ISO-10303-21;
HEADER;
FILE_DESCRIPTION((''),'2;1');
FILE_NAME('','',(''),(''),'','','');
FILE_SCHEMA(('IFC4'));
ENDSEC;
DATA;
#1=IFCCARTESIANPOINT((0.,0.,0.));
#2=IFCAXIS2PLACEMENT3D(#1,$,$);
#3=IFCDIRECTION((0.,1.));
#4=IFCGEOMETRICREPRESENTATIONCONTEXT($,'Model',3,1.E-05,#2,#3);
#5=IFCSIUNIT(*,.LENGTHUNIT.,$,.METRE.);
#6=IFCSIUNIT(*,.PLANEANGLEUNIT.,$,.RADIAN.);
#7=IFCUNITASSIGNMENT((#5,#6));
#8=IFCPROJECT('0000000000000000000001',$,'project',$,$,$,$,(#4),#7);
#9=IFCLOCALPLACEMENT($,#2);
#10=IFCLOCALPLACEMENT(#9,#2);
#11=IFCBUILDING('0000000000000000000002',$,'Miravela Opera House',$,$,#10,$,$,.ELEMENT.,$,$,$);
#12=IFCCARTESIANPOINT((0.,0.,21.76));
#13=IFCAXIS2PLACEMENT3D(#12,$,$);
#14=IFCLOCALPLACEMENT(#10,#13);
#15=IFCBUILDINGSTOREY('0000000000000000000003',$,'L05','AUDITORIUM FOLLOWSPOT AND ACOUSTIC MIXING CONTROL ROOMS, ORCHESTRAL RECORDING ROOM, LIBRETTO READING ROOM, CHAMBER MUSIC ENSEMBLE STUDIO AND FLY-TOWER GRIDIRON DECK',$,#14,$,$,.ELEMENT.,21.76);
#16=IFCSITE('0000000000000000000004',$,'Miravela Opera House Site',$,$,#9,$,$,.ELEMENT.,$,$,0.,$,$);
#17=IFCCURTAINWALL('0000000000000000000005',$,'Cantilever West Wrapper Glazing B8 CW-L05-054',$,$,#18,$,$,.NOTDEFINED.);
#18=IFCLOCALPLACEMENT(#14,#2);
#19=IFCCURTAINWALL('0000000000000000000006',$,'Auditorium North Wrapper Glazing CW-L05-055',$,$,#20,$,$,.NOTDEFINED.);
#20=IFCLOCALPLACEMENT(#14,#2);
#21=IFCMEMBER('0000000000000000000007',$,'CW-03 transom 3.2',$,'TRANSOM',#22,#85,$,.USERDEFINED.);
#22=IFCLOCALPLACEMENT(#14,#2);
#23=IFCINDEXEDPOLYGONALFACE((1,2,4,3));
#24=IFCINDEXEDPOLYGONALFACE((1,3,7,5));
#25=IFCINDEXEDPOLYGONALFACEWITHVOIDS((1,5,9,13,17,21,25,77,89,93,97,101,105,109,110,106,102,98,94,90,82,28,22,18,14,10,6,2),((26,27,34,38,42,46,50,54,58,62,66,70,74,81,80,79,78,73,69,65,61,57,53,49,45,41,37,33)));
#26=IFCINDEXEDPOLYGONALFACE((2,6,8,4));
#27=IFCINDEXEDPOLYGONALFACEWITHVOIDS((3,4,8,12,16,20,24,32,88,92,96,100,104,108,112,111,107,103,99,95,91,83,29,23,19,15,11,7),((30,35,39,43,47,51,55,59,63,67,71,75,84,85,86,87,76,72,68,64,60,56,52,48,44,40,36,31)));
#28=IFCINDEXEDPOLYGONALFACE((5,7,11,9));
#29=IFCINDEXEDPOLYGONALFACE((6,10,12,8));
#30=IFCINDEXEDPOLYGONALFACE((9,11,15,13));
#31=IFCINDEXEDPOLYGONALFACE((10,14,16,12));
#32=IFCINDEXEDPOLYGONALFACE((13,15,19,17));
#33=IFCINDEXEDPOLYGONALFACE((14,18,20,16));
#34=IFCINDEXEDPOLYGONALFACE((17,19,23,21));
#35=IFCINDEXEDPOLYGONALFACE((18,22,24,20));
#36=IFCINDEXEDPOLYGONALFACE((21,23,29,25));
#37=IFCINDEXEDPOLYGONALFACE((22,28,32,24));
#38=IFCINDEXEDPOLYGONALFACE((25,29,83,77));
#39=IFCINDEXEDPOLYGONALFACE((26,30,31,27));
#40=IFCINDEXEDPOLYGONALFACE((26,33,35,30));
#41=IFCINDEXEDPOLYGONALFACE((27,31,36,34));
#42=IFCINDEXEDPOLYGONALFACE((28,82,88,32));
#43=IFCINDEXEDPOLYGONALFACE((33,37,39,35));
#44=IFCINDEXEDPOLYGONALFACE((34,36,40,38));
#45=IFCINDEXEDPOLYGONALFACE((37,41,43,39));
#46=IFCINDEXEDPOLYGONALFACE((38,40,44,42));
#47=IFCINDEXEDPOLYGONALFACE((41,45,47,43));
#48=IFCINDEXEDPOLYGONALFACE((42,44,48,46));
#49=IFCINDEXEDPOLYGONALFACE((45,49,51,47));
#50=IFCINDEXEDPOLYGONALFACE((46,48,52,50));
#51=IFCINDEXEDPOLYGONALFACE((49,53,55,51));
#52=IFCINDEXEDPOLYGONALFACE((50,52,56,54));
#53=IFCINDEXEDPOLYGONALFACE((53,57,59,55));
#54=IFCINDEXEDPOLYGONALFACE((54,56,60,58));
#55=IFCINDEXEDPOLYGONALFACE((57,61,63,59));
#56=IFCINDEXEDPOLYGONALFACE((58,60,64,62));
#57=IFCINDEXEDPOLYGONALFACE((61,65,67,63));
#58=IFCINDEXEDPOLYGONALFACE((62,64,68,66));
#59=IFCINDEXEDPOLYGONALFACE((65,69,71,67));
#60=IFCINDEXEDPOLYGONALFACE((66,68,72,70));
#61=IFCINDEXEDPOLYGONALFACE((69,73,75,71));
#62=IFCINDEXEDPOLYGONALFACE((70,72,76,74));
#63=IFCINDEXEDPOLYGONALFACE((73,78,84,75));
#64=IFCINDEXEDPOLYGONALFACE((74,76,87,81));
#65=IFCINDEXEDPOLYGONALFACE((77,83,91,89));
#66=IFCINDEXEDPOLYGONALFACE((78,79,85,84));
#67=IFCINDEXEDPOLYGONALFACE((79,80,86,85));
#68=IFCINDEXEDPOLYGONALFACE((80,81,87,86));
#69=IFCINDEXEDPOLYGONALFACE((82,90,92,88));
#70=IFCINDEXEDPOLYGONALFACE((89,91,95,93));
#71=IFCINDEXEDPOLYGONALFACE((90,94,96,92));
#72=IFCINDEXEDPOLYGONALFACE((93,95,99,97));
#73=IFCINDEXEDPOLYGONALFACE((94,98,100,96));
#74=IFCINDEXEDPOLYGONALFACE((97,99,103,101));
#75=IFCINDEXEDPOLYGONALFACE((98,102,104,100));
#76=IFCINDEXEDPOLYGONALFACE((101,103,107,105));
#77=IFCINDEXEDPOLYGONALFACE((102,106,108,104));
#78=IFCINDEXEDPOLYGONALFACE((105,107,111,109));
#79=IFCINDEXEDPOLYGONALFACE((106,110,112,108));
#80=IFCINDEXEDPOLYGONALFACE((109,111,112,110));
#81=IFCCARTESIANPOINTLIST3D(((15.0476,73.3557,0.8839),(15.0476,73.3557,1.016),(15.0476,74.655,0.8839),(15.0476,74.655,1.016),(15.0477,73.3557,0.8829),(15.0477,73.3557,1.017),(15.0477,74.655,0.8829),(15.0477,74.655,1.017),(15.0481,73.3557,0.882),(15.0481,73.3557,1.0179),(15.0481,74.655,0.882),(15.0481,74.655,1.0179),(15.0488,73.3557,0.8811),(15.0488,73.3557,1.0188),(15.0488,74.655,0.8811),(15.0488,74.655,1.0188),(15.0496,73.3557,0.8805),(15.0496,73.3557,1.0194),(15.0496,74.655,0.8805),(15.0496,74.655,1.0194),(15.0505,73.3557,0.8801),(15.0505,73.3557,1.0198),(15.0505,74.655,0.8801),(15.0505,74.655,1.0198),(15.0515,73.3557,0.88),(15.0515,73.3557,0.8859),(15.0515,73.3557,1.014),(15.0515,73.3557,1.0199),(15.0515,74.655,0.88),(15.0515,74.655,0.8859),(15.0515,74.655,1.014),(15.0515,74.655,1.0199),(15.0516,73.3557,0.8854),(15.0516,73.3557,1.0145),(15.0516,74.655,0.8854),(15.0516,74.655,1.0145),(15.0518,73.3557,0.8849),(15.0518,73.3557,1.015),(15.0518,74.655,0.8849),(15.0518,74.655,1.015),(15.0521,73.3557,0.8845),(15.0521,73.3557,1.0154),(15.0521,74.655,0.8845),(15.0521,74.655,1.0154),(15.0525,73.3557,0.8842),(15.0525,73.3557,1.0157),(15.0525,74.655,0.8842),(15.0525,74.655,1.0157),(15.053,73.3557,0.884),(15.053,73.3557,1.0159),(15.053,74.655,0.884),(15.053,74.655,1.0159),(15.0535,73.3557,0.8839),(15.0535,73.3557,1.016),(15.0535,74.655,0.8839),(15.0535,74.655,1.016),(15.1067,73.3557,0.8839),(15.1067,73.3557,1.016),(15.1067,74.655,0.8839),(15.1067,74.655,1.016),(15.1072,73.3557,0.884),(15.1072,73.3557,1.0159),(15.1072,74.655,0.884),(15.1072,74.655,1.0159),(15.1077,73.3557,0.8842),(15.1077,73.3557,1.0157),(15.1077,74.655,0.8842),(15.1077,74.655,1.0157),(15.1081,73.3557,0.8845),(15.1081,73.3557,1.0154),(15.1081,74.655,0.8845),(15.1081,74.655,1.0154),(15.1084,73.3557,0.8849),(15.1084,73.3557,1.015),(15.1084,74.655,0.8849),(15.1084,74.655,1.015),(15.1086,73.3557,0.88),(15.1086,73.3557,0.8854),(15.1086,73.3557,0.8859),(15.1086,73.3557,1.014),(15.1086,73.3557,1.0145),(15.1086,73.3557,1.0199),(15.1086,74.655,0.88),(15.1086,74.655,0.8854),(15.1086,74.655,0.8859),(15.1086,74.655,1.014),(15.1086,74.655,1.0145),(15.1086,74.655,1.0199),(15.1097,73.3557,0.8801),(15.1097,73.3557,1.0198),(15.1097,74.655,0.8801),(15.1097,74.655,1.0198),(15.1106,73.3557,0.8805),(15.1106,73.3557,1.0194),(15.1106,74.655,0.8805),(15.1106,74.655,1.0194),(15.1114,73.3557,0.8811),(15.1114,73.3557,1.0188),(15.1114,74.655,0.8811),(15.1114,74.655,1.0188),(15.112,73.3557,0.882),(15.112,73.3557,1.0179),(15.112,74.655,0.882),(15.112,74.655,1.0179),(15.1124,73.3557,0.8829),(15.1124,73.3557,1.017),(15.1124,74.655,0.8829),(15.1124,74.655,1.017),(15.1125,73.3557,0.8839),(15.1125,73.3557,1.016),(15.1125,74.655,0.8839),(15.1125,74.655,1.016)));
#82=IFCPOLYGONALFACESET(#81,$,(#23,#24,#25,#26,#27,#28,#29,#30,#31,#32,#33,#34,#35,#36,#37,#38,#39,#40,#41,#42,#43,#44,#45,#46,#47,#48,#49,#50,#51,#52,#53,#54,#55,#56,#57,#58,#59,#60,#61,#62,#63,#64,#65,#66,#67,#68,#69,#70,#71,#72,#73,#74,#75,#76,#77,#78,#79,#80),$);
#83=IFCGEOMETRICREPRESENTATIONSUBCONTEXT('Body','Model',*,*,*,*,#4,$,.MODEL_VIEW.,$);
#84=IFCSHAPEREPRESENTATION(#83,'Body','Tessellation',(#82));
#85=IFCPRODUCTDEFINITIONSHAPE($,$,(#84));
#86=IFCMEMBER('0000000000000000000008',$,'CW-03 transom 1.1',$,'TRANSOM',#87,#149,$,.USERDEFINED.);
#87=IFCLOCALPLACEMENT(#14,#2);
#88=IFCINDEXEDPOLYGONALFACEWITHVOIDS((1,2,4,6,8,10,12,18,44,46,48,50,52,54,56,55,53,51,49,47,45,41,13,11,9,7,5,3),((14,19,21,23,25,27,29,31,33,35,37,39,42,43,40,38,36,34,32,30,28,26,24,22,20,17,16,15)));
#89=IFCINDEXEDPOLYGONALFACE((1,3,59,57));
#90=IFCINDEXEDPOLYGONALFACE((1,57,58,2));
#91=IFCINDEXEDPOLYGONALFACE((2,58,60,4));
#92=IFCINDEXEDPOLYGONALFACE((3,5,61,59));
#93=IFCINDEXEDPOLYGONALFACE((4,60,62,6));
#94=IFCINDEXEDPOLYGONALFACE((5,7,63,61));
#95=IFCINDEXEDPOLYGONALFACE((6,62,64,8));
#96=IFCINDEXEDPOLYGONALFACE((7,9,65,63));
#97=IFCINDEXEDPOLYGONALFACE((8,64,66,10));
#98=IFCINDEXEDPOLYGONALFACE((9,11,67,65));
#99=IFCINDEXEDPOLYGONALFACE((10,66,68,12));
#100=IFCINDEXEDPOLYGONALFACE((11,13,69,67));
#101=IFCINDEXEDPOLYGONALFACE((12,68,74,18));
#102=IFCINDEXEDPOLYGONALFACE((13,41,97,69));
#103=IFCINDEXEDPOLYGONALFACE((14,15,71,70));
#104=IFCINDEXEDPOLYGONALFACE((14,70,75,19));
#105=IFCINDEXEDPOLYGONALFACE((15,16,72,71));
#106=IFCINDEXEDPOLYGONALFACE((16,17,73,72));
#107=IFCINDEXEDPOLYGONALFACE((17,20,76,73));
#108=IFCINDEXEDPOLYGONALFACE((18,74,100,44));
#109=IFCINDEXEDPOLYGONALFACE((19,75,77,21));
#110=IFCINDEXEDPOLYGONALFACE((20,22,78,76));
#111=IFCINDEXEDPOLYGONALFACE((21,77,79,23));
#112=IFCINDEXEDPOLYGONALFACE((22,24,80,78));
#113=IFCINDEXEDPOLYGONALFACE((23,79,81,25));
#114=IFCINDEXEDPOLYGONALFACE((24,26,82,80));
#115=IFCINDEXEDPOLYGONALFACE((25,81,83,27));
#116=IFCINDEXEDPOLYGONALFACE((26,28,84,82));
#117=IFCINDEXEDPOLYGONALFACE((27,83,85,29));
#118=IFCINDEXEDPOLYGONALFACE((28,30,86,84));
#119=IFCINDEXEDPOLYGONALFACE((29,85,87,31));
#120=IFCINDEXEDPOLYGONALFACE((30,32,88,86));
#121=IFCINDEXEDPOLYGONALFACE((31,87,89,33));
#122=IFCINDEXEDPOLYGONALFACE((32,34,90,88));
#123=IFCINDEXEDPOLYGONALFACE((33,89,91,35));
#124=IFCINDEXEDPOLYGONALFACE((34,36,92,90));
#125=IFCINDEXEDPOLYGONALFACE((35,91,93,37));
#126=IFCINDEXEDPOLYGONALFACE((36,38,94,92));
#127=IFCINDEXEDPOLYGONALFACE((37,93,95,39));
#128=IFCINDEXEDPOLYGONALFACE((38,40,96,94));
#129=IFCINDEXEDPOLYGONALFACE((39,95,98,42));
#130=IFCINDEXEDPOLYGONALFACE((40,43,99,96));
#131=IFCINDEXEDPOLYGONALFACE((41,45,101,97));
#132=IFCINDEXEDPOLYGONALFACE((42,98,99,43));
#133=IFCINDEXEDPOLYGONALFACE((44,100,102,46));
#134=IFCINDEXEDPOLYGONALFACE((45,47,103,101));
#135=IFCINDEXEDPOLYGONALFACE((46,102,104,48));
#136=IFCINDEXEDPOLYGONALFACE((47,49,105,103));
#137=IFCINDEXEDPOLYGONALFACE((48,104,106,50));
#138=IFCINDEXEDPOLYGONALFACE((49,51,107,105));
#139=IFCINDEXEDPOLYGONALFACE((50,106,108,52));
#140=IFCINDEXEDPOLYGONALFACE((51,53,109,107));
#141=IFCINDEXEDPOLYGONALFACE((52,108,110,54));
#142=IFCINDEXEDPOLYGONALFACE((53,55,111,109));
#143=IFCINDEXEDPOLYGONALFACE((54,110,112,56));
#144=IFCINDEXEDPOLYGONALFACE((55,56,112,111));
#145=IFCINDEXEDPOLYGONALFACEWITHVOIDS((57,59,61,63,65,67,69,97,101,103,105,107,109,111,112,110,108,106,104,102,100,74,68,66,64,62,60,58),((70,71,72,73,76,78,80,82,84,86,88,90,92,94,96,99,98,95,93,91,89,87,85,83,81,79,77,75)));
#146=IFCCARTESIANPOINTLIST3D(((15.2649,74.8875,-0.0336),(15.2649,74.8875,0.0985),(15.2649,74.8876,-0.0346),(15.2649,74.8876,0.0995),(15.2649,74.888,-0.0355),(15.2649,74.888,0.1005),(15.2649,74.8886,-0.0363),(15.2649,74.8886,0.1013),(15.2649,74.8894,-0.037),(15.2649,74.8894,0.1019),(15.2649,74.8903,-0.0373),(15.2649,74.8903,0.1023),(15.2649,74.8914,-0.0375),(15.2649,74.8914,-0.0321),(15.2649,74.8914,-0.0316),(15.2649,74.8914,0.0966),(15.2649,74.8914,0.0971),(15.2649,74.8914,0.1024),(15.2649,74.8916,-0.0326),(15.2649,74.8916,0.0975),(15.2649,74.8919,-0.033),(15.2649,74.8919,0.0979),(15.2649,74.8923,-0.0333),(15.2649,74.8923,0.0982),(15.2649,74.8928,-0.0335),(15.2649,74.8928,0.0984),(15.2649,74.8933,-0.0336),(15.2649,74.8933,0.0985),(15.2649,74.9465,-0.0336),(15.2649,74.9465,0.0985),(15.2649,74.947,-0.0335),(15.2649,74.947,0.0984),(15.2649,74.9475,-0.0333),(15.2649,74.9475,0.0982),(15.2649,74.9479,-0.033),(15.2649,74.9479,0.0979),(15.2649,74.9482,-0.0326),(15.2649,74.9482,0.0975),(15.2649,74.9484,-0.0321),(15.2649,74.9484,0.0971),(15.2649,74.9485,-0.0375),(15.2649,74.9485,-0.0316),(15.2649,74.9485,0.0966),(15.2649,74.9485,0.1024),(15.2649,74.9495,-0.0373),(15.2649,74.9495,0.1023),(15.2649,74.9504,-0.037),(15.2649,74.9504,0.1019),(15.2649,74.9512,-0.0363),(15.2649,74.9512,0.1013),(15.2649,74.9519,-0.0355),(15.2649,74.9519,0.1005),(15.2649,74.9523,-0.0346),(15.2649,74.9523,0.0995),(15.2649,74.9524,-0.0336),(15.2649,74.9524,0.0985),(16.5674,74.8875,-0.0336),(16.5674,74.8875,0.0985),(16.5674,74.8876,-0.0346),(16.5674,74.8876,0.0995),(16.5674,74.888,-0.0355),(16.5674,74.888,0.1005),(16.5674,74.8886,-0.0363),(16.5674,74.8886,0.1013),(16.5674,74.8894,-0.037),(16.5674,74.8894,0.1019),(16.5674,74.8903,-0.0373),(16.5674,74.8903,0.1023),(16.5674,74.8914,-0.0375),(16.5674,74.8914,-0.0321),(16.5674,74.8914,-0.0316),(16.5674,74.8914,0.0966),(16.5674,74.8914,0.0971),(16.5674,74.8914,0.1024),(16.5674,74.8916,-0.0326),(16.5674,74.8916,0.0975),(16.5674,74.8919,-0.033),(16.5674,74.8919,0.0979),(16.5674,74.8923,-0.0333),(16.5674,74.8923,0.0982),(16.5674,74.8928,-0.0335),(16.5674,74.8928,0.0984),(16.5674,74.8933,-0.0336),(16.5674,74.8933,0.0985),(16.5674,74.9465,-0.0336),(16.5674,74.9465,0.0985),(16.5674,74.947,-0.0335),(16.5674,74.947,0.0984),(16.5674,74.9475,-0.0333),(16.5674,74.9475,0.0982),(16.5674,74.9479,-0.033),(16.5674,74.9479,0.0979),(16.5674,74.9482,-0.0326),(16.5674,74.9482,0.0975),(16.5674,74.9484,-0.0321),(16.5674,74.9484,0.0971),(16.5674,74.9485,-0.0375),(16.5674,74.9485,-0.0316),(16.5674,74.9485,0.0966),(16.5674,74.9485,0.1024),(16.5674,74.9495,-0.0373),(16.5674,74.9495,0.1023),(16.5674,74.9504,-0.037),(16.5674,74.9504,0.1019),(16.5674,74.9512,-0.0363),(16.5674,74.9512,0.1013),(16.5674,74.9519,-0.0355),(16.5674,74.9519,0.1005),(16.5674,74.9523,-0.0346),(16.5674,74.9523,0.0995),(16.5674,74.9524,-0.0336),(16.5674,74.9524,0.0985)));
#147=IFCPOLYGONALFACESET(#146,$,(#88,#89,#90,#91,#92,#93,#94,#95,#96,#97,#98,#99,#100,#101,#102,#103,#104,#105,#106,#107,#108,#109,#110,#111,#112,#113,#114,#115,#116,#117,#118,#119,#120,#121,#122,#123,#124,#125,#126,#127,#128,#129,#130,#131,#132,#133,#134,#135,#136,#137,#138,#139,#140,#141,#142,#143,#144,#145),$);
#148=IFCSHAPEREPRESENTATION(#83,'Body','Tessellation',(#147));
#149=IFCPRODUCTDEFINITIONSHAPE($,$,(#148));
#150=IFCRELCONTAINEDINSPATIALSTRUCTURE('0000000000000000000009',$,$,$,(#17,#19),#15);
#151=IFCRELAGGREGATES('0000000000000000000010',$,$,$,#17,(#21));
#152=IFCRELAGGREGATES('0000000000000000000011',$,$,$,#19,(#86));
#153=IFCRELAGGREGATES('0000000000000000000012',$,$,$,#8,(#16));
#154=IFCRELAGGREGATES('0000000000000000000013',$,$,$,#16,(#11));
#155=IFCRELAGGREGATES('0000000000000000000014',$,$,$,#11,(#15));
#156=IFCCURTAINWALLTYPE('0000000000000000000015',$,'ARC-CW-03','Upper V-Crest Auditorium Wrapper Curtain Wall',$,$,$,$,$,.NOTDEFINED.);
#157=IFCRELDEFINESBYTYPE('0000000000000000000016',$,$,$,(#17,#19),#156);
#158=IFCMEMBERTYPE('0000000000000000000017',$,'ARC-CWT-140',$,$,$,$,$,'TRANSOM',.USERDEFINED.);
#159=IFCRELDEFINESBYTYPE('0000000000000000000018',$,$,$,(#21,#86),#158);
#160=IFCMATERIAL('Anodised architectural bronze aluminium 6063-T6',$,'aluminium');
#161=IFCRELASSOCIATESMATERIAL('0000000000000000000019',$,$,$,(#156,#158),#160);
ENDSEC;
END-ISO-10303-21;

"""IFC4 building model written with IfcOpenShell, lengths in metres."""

from ifc_helpers import new_model, si_unit, direction, frame, origin, origin_2d, place, context, subcontext, project, spatial, hollow_rectangle, extrude, material, material_profile, profile_set, type_object, element, aggregate, save


model = new_model("IFC4")

# Units and contexts
model_context = context("Model", 3, precision=1e-05, world=origin(), true_north=direction((0.0, 1.0)))
body_context = subcontext(model_context, "Body", "Model", "MODEL_VIEW")
ifc_project = project(units=[si_unit("LENGTHUNIT", "METRE"), si_unit("PLANEANGLEUNIT", "RADIAN")], contexts=[model_context])

# Site, building, storey
site_placement = place(None, origin())
site = spatial("IfcSite", under=ifc_project, at=site_placement, Name="Miravela Opera House Site", CompositionType="ELEMENT", RefElevation=0.0)
building_placement = place(site_placement, origin())
building = spatial("IfcBuilding", under=site, at=building_placement, Name="Miravela Opera House", CompositionType="ELEMENT")
storey_placement = place(building_placement, frame((0.0, 0.0, 21.76)))
storey = spatial("IfcBuildingStorey", under=building, at=storey_placement, Name="L05", Description="AUDITORIUM FOLLOWSPOT AND ACOUSTIC MIXING CONTROL ROOMS, ORCHESTRAL RECORDING ROOM, LIBRETTO READING ROOM, CHAMBER MUSIC ENSEMBLE STUDIO AND FLY-TOWER GRIDIRON DECK", CompositionType="ELEMENT", Elevation=21.76)

# Curtain walls
ifc_material_1 = material(Name="Anodised architectural bronze aluminium 6063-T6", Category="aluminium")
curtain_wall_type = type_object("IfcCurtainWallType", Name="ARC-CW-03", Description="Upper V-Crest Auditorium Wrapper Curtain Wall", PredefinedType="NOTDEFINED", material=ifc_material_1)
curtain_wall_1_placement = place(storey_placement, origin())
curtain_wall_1 = element("IfcCurtainWall", 1, at=curtain_wall_1_placement, inside=storey, type_object=curtain_wall_type, Name="Cantilever West Wrapper Glazing B8 CW-L05-054", PredefinedType="NOTDEFINED")
curtain_wall_2_placement = place(storey_placement, origin())
curtain_wall_2 = element("IfcCurtainWall", 2, at=curtain_wall_2_placement, inside=storey, type_object=curtain_wall_type, Name="Auditorium North Wrapper Glazing CW-L05-055", PredefinedType="NOTDEFINED")

# Members
ifc_material_profile_1 = material_profile(ifc_material_1, hollow_rectangle(XDim=0.0649, YDim=0.1399, WallThickness=0.0039, InnerFilletRadius=0.002, OuterFilletRadius=0.0039, at=origin_2d()), Name="CWT-65X140")
ifc_profile_set_1 = profile_set([ifc_material_profile_1])
member_type_1 = type_object("IfcMemberType", Name="ARC-CWT-140", ElementType="TRANSOM", PredefinedType="USERDEFINED", material=ifc_profile_set_1)
member_1_placement = place(storey_placement, frame((15.0801, 73.3557, 0.95), z_axis=(0.0, 1.0, 0.0), x_axis=(-1.0, 0.0, 0.0)))
member_1 = element("IfcMember", 3, at=member_1_placement, type_object=member_type_1, Name="CW-03 transom 3.2", ObjectType="TRANSOM", PredefinedType="USERDEFINED", context=body_context, shape_type="SweptSolid", body=[
    extrude(hollow_rectangle(XDim=0.0649, YDim=0.1399, WallThickness=0.0039, InnerFilletRadius=0.002, OuterFilletRadius=0.0039, at=origin_2d()), origin(), (0.0, 0.0, 1.0), 1.2993),
])
member_2_placement = place(storey_placement, frame((15.2649, 74.9199, 0.0325), z_axis=(1.0, 0.0, 0.0), x_axis=(0.0, 1.0, 0.0)))
member_2 = element("IfcMember", 4, at=member_2_placement, type_object=member_type_1, Name="CW-03 transom 1.1", ObjectType="TRANSOM", PredefinedType="USERDEFINED", context=body_context, shape_type="SweptSolid", body=[
    extrude(hollow_rectangle(XDim=0.0649, YDim=0.1399, WallThickness=0.0039, InnerFilletRadius=0.002, OuterFilletRadius=0.0039, at=origin_2d()), origin(), (0.0, 0.0, 1.0), 1.3025),
])

aggregate(curtain_wall_1, [member_1])
aggregate(curtain_wall_2, [member_2])

save(model, "model.ifc")
